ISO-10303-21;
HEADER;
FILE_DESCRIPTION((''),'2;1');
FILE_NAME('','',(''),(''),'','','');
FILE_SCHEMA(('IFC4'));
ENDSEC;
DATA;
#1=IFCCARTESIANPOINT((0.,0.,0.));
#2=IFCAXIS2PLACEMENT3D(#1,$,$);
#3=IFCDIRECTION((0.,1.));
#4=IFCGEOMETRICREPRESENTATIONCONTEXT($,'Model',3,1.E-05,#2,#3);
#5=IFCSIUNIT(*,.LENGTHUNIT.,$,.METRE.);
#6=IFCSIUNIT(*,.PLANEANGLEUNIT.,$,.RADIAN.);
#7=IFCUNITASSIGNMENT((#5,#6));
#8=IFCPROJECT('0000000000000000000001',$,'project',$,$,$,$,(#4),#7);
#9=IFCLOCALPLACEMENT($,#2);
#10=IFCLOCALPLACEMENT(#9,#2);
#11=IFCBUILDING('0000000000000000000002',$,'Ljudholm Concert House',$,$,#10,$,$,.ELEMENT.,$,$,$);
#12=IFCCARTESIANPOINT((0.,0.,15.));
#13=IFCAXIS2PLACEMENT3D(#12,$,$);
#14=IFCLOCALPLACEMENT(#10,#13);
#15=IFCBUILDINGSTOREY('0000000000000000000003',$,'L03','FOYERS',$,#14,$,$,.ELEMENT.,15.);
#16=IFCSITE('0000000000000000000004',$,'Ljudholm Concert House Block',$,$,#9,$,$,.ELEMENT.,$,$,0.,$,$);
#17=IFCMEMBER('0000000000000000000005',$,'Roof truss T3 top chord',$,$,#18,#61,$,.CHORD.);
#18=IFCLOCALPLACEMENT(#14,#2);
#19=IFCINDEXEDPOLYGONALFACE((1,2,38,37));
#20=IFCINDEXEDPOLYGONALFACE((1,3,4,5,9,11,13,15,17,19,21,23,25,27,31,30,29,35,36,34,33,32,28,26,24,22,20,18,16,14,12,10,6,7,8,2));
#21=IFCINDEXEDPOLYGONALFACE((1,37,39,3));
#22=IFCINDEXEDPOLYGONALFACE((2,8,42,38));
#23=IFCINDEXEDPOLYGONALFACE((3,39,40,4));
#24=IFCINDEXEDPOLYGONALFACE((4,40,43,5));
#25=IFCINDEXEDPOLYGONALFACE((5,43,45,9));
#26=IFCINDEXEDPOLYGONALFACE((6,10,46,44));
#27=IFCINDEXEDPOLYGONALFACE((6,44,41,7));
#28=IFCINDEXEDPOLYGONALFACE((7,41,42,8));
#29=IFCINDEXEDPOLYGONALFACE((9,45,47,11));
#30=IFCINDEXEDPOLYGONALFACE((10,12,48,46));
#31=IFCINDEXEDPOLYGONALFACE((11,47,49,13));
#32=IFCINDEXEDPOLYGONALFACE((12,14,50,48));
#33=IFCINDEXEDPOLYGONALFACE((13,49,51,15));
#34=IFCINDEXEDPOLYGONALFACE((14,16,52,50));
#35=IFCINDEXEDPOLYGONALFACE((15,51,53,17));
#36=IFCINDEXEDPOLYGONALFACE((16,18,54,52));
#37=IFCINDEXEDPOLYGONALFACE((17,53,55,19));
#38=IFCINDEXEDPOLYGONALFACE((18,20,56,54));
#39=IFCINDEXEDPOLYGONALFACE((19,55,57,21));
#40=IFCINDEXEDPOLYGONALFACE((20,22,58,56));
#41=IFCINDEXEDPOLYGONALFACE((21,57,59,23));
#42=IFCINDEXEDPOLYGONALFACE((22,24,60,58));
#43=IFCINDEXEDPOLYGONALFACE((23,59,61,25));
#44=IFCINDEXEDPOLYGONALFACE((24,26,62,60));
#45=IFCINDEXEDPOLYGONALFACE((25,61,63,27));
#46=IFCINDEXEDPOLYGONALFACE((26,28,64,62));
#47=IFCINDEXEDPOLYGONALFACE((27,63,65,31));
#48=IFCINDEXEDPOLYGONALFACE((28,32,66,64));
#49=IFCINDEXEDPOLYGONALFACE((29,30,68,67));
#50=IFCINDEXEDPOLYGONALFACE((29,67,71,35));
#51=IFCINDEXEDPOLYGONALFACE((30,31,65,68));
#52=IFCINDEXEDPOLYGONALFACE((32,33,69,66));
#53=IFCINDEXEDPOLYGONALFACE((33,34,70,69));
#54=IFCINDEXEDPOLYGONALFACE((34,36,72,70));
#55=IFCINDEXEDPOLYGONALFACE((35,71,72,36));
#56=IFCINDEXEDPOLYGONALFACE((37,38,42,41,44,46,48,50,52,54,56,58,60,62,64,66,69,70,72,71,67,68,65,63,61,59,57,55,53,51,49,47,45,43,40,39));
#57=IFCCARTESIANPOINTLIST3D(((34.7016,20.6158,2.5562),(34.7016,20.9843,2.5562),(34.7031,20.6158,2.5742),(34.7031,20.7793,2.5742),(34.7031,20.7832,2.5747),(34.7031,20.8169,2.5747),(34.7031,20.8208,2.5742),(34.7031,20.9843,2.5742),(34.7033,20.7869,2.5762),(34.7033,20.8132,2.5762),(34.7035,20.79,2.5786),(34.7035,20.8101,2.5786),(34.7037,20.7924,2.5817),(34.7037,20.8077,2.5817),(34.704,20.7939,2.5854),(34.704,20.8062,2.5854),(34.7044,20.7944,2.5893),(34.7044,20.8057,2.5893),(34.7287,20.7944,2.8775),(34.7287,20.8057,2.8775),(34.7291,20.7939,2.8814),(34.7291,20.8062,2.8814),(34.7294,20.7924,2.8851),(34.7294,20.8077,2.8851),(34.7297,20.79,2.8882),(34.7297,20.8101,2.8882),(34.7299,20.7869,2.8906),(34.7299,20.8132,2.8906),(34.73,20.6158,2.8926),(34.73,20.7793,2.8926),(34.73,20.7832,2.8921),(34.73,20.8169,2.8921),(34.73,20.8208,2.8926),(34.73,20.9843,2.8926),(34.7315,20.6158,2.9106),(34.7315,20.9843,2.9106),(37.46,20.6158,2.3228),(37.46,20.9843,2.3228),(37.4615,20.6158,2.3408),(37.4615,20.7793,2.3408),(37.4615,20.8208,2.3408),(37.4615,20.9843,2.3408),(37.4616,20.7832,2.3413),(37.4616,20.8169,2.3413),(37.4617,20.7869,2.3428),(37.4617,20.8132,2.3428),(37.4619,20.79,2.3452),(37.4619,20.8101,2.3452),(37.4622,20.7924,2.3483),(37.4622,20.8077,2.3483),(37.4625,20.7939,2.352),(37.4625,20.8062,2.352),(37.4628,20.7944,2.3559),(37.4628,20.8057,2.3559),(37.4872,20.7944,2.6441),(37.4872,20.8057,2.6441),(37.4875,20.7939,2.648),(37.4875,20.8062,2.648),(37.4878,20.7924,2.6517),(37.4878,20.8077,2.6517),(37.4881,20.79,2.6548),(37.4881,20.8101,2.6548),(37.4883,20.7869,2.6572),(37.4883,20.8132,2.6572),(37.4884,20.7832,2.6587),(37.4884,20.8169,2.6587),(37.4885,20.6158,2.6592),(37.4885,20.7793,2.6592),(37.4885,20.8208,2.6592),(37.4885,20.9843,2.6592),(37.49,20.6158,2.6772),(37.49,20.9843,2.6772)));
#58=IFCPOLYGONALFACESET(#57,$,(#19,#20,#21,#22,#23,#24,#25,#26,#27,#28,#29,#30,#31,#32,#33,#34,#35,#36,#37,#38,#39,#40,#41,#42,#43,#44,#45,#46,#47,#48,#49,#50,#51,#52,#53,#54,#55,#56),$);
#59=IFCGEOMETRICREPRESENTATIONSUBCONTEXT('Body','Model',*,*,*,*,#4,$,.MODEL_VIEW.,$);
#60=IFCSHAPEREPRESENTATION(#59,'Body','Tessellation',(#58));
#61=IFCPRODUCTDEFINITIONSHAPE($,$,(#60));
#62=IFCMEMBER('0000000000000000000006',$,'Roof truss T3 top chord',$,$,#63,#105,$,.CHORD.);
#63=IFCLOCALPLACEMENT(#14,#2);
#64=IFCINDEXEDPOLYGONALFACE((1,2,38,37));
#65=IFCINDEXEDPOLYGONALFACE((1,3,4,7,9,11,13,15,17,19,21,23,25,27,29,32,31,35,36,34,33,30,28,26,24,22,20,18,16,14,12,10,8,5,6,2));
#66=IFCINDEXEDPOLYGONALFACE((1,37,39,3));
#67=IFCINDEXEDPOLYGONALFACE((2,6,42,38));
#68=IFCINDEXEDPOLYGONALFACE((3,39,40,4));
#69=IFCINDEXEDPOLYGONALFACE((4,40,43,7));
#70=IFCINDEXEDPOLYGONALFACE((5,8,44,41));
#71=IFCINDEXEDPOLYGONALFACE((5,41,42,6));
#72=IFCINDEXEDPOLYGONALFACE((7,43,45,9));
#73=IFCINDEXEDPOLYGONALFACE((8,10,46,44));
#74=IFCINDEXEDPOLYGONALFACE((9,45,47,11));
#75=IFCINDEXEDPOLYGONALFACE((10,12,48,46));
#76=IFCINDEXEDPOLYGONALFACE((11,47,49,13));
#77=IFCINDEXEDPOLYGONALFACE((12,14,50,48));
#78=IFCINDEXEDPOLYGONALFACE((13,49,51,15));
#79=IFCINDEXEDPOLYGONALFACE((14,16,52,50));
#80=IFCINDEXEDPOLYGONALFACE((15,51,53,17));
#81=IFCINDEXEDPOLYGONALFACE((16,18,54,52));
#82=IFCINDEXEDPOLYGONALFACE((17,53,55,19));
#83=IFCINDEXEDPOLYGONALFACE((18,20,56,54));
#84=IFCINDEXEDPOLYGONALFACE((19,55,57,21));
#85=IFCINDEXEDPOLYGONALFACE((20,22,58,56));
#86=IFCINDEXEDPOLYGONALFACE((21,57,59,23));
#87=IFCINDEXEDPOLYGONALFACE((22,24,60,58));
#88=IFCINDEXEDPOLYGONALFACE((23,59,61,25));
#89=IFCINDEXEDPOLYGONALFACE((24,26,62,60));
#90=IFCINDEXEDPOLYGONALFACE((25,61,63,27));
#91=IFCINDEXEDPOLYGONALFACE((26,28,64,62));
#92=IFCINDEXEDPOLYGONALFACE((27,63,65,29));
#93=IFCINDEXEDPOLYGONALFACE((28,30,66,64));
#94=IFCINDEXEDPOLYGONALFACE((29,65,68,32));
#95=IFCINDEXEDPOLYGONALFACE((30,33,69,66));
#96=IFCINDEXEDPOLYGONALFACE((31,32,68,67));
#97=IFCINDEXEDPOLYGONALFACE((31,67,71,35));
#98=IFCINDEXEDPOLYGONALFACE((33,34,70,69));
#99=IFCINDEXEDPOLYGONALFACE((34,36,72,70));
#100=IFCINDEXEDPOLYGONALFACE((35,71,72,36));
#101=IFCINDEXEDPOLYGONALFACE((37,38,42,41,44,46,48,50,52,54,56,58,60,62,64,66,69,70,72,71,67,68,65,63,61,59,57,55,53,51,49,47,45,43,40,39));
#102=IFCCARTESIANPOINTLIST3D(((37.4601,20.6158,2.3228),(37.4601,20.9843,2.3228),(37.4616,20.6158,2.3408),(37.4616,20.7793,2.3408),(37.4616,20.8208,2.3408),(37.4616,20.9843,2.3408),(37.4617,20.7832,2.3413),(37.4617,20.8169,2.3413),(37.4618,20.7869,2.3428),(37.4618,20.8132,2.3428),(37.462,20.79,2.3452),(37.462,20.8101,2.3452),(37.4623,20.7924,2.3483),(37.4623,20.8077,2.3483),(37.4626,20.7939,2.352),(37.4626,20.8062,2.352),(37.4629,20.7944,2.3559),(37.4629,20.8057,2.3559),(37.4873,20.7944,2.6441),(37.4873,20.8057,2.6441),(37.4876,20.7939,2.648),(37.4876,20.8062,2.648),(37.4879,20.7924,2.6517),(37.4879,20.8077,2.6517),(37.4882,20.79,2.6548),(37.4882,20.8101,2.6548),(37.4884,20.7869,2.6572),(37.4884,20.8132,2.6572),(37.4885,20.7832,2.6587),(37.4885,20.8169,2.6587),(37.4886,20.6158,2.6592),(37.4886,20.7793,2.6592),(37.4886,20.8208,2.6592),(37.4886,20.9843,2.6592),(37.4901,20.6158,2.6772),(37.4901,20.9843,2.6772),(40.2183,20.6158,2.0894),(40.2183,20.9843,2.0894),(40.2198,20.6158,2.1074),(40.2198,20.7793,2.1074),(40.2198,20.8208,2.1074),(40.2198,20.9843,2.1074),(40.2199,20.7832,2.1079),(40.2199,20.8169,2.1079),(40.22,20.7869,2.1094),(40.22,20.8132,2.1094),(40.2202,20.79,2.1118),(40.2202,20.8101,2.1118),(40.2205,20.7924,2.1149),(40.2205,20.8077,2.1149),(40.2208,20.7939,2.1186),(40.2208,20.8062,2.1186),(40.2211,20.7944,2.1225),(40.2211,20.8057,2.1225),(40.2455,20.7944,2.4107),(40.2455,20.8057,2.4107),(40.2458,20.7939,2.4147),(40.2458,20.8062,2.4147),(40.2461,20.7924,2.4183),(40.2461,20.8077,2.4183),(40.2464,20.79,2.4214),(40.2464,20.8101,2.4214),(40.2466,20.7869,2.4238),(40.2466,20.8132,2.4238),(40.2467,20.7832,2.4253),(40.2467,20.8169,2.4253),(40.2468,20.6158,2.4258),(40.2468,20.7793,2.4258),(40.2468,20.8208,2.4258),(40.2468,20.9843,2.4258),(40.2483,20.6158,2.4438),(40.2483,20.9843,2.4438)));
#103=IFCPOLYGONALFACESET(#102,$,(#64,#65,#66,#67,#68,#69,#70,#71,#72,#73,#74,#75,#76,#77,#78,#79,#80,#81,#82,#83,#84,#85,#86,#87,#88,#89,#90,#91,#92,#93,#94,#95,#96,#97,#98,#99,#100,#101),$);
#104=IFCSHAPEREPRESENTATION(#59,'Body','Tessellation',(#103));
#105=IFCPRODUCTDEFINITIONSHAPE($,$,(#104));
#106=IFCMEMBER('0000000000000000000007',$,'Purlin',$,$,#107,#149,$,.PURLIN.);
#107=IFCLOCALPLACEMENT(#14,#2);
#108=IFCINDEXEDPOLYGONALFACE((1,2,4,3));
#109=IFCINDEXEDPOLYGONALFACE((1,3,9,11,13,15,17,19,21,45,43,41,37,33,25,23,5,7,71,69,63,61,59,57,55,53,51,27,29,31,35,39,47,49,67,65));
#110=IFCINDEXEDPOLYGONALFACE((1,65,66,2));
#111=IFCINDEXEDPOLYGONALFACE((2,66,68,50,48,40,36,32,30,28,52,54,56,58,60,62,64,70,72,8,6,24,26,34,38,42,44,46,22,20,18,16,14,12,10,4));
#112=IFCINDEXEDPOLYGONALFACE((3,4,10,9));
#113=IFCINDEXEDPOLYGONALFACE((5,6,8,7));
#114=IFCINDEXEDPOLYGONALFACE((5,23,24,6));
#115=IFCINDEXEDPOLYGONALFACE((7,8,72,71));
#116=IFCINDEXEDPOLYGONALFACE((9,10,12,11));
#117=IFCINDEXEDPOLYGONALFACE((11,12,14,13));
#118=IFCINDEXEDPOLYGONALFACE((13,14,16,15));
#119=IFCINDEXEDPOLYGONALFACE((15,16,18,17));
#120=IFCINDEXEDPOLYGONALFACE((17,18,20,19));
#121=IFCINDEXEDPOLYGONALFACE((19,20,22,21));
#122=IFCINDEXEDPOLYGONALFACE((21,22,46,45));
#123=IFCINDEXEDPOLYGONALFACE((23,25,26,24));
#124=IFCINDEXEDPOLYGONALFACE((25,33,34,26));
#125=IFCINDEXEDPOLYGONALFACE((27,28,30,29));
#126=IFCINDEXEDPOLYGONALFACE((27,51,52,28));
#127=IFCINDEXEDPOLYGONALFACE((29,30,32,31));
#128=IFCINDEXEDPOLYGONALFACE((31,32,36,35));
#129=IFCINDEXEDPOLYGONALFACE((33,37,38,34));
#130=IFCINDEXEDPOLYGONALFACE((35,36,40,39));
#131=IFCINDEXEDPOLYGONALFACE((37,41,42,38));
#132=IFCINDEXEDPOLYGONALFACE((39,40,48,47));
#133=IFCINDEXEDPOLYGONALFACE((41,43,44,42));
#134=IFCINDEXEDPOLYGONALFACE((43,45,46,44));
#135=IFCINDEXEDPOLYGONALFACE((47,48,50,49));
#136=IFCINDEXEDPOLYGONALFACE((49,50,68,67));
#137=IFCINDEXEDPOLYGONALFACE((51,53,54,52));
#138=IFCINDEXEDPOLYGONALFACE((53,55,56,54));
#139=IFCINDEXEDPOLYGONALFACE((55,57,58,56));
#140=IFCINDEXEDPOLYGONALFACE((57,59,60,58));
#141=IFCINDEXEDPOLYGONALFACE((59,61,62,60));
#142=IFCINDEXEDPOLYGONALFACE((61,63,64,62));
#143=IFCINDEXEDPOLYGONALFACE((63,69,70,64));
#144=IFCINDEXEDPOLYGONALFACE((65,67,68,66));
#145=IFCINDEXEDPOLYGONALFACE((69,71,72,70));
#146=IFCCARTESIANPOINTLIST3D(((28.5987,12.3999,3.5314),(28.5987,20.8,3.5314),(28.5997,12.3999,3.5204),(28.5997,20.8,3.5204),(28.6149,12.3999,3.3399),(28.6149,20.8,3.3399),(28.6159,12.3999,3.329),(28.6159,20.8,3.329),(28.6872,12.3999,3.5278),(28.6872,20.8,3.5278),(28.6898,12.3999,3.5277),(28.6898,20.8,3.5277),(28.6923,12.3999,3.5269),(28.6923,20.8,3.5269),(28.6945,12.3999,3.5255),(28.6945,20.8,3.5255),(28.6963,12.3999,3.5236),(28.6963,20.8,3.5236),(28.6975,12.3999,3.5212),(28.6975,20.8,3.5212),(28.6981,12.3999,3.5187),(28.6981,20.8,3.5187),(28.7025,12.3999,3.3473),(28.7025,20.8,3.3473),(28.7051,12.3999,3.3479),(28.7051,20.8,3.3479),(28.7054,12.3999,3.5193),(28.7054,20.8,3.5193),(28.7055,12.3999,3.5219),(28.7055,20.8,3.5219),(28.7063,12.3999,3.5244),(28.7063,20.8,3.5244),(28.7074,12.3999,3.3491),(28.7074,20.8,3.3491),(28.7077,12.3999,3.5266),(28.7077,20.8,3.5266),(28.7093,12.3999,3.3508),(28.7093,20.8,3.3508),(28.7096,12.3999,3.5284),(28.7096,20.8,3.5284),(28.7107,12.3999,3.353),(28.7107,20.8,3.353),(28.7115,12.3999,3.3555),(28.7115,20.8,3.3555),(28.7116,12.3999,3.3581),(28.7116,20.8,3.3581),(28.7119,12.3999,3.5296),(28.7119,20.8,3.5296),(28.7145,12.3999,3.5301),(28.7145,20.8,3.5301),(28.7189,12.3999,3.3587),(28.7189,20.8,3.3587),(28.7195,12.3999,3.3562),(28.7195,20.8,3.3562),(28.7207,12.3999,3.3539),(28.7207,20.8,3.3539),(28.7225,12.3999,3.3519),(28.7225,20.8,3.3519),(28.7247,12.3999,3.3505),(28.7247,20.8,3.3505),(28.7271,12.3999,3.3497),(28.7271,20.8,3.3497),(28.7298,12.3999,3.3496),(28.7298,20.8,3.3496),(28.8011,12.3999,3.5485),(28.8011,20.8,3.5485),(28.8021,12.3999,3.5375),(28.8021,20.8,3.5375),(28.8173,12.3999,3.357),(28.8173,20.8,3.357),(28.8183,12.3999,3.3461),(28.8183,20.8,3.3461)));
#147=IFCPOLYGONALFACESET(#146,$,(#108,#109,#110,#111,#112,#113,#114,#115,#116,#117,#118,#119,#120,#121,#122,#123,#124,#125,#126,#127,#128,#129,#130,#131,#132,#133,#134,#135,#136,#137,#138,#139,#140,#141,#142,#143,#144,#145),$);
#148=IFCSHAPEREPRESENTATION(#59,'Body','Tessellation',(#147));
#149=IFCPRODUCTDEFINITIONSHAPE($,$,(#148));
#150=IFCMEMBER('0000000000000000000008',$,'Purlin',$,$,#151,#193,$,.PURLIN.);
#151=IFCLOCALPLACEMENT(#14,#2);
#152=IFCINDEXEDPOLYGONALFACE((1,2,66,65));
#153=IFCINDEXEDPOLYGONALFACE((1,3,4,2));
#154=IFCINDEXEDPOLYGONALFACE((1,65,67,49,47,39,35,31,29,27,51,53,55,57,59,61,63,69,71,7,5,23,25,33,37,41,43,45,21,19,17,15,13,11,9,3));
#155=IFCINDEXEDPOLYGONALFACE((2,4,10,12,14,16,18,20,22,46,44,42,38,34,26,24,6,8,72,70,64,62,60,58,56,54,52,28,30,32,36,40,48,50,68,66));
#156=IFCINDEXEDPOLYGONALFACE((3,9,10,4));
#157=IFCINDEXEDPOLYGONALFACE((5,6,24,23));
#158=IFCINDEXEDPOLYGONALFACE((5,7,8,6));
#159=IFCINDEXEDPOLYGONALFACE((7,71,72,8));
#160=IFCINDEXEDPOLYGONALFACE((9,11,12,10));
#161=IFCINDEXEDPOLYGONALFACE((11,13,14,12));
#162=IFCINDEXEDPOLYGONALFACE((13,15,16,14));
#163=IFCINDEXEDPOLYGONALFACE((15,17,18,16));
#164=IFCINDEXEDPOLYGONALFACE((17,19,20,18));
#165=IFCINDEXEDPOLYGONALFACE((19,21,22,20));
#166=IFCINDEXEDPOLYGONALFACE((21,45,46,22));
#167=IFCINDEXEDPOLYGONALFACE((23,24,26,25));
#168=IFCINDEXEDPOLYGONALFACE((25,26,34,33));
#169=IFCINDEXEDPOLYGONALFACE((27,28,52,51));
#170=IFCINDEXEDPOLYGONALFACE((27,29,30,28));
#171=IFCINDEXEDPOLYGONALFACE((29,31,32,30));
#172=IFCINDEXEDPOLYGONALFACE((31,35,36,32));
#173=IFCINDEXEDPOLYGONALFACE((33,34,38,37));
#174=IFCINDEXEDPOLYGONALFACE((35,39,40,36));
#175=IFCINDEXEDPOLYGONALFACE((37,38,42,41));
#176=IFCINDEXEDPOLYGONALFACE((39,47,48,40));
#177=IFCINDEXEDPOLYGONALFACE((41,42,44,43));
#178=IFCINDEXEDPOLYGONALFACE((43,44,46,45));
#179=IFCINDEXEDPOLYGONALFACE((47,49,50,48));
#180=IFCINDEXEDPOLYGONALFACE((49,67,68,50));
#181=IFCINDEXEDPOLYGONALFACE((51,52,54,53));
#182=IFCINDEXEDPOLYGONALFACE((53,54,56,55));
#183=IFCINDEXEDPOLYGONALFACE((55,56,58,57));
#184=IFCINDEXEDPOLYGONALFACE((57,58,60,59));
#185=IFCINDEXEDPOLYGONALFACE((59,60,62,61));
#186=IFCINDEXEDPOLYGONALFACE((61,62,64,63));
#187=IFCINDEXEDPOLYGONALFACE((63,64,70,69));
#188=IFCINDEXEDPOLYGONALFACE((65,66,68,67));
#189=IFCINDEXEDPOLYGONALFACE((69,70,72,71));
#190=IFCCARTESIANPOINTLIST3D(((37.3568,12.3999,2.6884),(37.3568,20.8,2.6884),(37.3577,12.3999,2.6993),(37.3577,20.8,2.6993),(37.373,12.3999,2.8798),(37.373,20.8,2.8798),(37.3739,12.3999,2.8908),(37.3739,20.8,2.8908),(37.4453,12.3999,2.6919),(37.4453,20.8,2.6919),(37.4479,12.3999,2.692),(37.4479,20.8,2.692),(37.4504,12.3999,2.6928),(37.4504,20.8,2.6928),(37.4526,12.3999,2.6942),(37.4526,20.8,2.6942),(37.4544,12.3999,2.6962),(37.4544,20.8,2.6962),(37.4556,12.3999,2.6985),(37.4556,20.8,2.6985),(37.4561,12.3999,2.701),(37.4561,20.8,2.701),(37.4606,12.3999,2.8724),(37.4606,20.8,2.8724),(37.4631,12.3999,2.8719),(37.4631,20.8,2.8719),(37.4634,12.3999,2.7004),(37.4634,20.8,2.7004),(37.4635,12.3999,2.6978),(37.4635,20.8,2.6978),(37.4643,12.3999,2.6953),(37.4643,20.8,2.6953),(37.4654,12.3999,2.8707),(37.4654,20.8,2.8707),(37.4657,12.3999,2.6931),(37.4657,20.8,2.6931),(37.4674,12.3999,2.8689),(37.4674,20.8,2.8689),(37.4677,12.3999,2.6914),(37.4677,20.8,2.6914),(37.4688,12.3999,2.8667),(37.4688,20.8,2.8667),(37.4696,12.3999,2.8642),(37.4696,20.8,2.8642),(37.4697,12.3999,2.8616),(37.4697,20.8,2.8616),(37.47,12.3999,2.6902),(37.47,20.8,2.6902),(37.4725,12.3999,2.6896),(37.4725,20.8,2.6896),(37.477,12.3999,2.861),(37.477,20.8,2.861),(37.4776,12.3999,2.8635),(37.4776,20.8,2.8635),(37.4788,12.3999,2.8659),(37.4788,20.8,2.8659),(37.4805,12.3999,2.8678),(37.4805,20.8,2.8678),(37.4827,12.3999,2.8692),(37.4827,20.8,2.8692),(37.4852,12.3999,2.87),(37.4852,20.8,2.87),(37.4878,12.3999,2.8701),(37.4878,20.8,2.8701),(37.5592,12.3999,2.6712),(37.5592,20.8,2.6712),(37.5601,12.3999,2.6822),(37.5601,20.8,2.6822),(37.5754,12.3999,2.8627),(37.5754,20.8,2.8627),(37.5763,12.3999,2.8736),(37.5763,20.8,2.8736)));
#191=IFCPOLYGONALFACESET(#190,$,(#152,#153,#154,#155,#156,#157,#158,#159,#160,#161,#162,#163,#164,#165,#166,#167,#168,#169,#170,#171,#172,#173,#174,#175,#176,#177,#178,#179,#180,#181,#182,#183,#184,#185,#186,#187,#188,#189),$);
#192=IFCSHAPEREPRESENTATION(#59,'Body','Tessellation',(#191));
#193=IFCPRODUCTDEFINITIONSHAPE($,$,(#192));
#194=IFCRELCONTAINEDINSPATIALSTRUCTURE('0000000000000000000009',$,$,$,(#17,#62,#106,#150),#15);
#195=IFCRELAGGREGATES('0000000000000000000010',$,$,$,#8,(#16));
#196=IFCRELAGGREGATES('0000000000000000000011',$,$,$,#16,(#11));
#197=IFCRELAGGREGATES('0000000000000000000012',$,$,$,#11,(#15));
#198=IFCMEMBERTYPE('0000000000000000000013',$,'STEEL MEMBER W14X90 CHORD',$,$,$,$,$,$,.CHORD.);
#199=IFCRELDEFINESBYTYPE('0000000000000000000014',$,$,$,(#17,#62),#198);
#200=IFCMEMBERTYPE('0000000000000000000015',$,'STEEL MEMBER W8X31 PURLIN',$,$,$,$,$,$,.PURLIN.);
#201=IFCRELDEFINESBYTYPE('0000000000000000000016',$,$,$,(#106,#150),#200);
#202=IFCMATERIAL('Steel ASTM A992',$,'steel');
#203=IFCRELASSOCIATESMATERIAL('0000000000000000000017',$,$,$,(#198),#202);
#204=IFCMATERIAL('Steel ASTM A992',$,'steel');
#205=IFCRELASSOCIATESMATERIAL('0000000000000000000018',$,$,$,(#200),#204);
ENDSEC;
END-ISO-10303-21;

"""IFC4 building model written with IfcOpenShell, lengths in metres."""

from ifc_helpers import new_model, si_unit, direction, frame, origin, origin_2d, place, context, subcontext, project, spatial, i_section, extrude, material, material_profile, profile_set, type_object, element, save


model = new_model("IFC4")

# Units and contexts
model_context = context("Model", 3, precision=1e-05, world=origin(), true_north=direction((0.0, 1.0)))
body_context = subcontext(model_context, "Body", "Model", "MODEL_VIEW")
ifc_project = project(units=[si_unit("LENGTHUNIT", "METRE"), si_unit("PLANEANGLEUNIT", "RADIAN")], contexts=[model_context])

# Site, building, storey
site_placement = place(None, origin())
site = spatial("IfcSite", under=ifc_project, at=site_placement, Name="Ljudholm Concert House Block", CompositionType="ELEMENT", RefElevation=0.0)
building_placement = place(site_placement, origin())
building = spatial("IfcBuilding", under=site, at=building_placement, Name="Ljudholm Concert House", CompositionType="ELEMENT")
storey_placement = place(building_placement, frame((0.0, 0.0, 15.0)))
storey = spatial("IfcBuildingStorey", under=building, at=storey_placement, Name="L03", Description="FOYERS", CompositionType="ELEMENT", Elevation=15.0)

# Members
ifc_material_1 = material(Name="Steel ASTM A992", Category="steel")
ifc_material_profile_1 = material_profile(ifc_material_1, i_section(OverallWidth=0.3684, OverallDepth=0.3557, WebThickness=0.0112, FlangeThickness=0.0181, FilletRadius=0.0151, at=origin_2d()), Name="W14X90")
ifc_profile_set_1 = profile_set([ifc_material_profile_1], Name="Steel ASTM A992")
member_type_1 = type_object("IfcMemberType", Name="STEEL MEMBER W14X90 CHORD", PredefinedType="CHORD", material=ifc_profile_set_1)
member_1_placement = place(storey_placement, frame((34.7166, 20.8, 2.7334), z_axis=(0.99644, 0.0, -0.084308), x_axis=(0.0, 1.0, 0.0)))
element("IfcMember", 1, at=member_1_placement, inside=storey, type_object=member_type_1, Name="Roof truss T3 top chord", PredefinedType="CHORD", context=body_context, shape_type="SweptSolid", body=[
    extrude(i_section(OverallWidth=0.3684, OverallDepth=0.3557, WebThickness=0.0112, FlangeThickness=0.0181, FilletRadius=0.0151, at=origin_2d()), origin(), (0.0, 0.0, 1.0), 2.7683),
])
member_2_placement = place(storey_placement, frame((37.4751, 20.8, 2.5), z_axis=(0.996439, 0.0, -0.084315), x_axis=(0.0, 1.0, 0.0)))
element("IfcMember", 2, at=member_2_placement, inside=storey, type_object=member_type_1, Name="Roof truss T3 top chord", PredefinedType="CHORD", context=body_context, shape_type="SweptSolid", body=[
    extrude(i_section(OverallWidth=0.3684, OverallDepth=0.3557, WebThickness=0.0112, FlangeThickness=0.0181, FilletRadius=0.0151, at=origin_2d()), origin(), (0.0, 0.0, 1.0), 2.7681),
])
ifc_material_2 = material(Name="Steel ASTM A992", Category="steel")
ifc_material_profile_2 = material_profile(ifc_material_2, i_section(OverallWidth=0.2031, OverallDepth=0.2031, WebThickness=0.0073, FlangeThickness=0.011, FilletRadius=0.01, at=origin_2d()), Name="W8X31")
ifc_profile_set_2 = profile_set([ifc_material_profile_2], Name="Steel ASTM A992")
member_type_2 = type_object("IfcMemberType", Name="STEEL MEMBER W8X31 PURLIN", PredefinedType="PURLIN", material=ifc_profile_set_2)
for number, where, z_axis, x_axis, name in (
    (3, (28.7085, 12.3999, 3.4387), (0.0, 1.0, 0.0), (-0.996441, 0.0, -0.084291), "Purlin"),
    (4, (37.4666, 12.3999, 2.781), (0.0, 1.0, 0.0), (-0.996441, 0.0, 0.084291), "Purlin"),
):
    element("IfcMember", number, at=place(storey_placement, frame(where, z_axis=z_axis, x_axis=x_axis)), inside=storey, type_object=member_type_2, Name=name, PredefinedType="PURLIN", context=body_context, shape_type="SweptSolid", body=[
        extrude(i_section(OverallWidth=0.2031, OverallDepth=0.2031, WebThickness=0.0073, FlangeThickness=0.011, FilletRadius=0.01, at=origin_2d()), origin(), (0.0, 0.0, 1.0), 8.4001),
    ])

save(model, "model.ifc")
